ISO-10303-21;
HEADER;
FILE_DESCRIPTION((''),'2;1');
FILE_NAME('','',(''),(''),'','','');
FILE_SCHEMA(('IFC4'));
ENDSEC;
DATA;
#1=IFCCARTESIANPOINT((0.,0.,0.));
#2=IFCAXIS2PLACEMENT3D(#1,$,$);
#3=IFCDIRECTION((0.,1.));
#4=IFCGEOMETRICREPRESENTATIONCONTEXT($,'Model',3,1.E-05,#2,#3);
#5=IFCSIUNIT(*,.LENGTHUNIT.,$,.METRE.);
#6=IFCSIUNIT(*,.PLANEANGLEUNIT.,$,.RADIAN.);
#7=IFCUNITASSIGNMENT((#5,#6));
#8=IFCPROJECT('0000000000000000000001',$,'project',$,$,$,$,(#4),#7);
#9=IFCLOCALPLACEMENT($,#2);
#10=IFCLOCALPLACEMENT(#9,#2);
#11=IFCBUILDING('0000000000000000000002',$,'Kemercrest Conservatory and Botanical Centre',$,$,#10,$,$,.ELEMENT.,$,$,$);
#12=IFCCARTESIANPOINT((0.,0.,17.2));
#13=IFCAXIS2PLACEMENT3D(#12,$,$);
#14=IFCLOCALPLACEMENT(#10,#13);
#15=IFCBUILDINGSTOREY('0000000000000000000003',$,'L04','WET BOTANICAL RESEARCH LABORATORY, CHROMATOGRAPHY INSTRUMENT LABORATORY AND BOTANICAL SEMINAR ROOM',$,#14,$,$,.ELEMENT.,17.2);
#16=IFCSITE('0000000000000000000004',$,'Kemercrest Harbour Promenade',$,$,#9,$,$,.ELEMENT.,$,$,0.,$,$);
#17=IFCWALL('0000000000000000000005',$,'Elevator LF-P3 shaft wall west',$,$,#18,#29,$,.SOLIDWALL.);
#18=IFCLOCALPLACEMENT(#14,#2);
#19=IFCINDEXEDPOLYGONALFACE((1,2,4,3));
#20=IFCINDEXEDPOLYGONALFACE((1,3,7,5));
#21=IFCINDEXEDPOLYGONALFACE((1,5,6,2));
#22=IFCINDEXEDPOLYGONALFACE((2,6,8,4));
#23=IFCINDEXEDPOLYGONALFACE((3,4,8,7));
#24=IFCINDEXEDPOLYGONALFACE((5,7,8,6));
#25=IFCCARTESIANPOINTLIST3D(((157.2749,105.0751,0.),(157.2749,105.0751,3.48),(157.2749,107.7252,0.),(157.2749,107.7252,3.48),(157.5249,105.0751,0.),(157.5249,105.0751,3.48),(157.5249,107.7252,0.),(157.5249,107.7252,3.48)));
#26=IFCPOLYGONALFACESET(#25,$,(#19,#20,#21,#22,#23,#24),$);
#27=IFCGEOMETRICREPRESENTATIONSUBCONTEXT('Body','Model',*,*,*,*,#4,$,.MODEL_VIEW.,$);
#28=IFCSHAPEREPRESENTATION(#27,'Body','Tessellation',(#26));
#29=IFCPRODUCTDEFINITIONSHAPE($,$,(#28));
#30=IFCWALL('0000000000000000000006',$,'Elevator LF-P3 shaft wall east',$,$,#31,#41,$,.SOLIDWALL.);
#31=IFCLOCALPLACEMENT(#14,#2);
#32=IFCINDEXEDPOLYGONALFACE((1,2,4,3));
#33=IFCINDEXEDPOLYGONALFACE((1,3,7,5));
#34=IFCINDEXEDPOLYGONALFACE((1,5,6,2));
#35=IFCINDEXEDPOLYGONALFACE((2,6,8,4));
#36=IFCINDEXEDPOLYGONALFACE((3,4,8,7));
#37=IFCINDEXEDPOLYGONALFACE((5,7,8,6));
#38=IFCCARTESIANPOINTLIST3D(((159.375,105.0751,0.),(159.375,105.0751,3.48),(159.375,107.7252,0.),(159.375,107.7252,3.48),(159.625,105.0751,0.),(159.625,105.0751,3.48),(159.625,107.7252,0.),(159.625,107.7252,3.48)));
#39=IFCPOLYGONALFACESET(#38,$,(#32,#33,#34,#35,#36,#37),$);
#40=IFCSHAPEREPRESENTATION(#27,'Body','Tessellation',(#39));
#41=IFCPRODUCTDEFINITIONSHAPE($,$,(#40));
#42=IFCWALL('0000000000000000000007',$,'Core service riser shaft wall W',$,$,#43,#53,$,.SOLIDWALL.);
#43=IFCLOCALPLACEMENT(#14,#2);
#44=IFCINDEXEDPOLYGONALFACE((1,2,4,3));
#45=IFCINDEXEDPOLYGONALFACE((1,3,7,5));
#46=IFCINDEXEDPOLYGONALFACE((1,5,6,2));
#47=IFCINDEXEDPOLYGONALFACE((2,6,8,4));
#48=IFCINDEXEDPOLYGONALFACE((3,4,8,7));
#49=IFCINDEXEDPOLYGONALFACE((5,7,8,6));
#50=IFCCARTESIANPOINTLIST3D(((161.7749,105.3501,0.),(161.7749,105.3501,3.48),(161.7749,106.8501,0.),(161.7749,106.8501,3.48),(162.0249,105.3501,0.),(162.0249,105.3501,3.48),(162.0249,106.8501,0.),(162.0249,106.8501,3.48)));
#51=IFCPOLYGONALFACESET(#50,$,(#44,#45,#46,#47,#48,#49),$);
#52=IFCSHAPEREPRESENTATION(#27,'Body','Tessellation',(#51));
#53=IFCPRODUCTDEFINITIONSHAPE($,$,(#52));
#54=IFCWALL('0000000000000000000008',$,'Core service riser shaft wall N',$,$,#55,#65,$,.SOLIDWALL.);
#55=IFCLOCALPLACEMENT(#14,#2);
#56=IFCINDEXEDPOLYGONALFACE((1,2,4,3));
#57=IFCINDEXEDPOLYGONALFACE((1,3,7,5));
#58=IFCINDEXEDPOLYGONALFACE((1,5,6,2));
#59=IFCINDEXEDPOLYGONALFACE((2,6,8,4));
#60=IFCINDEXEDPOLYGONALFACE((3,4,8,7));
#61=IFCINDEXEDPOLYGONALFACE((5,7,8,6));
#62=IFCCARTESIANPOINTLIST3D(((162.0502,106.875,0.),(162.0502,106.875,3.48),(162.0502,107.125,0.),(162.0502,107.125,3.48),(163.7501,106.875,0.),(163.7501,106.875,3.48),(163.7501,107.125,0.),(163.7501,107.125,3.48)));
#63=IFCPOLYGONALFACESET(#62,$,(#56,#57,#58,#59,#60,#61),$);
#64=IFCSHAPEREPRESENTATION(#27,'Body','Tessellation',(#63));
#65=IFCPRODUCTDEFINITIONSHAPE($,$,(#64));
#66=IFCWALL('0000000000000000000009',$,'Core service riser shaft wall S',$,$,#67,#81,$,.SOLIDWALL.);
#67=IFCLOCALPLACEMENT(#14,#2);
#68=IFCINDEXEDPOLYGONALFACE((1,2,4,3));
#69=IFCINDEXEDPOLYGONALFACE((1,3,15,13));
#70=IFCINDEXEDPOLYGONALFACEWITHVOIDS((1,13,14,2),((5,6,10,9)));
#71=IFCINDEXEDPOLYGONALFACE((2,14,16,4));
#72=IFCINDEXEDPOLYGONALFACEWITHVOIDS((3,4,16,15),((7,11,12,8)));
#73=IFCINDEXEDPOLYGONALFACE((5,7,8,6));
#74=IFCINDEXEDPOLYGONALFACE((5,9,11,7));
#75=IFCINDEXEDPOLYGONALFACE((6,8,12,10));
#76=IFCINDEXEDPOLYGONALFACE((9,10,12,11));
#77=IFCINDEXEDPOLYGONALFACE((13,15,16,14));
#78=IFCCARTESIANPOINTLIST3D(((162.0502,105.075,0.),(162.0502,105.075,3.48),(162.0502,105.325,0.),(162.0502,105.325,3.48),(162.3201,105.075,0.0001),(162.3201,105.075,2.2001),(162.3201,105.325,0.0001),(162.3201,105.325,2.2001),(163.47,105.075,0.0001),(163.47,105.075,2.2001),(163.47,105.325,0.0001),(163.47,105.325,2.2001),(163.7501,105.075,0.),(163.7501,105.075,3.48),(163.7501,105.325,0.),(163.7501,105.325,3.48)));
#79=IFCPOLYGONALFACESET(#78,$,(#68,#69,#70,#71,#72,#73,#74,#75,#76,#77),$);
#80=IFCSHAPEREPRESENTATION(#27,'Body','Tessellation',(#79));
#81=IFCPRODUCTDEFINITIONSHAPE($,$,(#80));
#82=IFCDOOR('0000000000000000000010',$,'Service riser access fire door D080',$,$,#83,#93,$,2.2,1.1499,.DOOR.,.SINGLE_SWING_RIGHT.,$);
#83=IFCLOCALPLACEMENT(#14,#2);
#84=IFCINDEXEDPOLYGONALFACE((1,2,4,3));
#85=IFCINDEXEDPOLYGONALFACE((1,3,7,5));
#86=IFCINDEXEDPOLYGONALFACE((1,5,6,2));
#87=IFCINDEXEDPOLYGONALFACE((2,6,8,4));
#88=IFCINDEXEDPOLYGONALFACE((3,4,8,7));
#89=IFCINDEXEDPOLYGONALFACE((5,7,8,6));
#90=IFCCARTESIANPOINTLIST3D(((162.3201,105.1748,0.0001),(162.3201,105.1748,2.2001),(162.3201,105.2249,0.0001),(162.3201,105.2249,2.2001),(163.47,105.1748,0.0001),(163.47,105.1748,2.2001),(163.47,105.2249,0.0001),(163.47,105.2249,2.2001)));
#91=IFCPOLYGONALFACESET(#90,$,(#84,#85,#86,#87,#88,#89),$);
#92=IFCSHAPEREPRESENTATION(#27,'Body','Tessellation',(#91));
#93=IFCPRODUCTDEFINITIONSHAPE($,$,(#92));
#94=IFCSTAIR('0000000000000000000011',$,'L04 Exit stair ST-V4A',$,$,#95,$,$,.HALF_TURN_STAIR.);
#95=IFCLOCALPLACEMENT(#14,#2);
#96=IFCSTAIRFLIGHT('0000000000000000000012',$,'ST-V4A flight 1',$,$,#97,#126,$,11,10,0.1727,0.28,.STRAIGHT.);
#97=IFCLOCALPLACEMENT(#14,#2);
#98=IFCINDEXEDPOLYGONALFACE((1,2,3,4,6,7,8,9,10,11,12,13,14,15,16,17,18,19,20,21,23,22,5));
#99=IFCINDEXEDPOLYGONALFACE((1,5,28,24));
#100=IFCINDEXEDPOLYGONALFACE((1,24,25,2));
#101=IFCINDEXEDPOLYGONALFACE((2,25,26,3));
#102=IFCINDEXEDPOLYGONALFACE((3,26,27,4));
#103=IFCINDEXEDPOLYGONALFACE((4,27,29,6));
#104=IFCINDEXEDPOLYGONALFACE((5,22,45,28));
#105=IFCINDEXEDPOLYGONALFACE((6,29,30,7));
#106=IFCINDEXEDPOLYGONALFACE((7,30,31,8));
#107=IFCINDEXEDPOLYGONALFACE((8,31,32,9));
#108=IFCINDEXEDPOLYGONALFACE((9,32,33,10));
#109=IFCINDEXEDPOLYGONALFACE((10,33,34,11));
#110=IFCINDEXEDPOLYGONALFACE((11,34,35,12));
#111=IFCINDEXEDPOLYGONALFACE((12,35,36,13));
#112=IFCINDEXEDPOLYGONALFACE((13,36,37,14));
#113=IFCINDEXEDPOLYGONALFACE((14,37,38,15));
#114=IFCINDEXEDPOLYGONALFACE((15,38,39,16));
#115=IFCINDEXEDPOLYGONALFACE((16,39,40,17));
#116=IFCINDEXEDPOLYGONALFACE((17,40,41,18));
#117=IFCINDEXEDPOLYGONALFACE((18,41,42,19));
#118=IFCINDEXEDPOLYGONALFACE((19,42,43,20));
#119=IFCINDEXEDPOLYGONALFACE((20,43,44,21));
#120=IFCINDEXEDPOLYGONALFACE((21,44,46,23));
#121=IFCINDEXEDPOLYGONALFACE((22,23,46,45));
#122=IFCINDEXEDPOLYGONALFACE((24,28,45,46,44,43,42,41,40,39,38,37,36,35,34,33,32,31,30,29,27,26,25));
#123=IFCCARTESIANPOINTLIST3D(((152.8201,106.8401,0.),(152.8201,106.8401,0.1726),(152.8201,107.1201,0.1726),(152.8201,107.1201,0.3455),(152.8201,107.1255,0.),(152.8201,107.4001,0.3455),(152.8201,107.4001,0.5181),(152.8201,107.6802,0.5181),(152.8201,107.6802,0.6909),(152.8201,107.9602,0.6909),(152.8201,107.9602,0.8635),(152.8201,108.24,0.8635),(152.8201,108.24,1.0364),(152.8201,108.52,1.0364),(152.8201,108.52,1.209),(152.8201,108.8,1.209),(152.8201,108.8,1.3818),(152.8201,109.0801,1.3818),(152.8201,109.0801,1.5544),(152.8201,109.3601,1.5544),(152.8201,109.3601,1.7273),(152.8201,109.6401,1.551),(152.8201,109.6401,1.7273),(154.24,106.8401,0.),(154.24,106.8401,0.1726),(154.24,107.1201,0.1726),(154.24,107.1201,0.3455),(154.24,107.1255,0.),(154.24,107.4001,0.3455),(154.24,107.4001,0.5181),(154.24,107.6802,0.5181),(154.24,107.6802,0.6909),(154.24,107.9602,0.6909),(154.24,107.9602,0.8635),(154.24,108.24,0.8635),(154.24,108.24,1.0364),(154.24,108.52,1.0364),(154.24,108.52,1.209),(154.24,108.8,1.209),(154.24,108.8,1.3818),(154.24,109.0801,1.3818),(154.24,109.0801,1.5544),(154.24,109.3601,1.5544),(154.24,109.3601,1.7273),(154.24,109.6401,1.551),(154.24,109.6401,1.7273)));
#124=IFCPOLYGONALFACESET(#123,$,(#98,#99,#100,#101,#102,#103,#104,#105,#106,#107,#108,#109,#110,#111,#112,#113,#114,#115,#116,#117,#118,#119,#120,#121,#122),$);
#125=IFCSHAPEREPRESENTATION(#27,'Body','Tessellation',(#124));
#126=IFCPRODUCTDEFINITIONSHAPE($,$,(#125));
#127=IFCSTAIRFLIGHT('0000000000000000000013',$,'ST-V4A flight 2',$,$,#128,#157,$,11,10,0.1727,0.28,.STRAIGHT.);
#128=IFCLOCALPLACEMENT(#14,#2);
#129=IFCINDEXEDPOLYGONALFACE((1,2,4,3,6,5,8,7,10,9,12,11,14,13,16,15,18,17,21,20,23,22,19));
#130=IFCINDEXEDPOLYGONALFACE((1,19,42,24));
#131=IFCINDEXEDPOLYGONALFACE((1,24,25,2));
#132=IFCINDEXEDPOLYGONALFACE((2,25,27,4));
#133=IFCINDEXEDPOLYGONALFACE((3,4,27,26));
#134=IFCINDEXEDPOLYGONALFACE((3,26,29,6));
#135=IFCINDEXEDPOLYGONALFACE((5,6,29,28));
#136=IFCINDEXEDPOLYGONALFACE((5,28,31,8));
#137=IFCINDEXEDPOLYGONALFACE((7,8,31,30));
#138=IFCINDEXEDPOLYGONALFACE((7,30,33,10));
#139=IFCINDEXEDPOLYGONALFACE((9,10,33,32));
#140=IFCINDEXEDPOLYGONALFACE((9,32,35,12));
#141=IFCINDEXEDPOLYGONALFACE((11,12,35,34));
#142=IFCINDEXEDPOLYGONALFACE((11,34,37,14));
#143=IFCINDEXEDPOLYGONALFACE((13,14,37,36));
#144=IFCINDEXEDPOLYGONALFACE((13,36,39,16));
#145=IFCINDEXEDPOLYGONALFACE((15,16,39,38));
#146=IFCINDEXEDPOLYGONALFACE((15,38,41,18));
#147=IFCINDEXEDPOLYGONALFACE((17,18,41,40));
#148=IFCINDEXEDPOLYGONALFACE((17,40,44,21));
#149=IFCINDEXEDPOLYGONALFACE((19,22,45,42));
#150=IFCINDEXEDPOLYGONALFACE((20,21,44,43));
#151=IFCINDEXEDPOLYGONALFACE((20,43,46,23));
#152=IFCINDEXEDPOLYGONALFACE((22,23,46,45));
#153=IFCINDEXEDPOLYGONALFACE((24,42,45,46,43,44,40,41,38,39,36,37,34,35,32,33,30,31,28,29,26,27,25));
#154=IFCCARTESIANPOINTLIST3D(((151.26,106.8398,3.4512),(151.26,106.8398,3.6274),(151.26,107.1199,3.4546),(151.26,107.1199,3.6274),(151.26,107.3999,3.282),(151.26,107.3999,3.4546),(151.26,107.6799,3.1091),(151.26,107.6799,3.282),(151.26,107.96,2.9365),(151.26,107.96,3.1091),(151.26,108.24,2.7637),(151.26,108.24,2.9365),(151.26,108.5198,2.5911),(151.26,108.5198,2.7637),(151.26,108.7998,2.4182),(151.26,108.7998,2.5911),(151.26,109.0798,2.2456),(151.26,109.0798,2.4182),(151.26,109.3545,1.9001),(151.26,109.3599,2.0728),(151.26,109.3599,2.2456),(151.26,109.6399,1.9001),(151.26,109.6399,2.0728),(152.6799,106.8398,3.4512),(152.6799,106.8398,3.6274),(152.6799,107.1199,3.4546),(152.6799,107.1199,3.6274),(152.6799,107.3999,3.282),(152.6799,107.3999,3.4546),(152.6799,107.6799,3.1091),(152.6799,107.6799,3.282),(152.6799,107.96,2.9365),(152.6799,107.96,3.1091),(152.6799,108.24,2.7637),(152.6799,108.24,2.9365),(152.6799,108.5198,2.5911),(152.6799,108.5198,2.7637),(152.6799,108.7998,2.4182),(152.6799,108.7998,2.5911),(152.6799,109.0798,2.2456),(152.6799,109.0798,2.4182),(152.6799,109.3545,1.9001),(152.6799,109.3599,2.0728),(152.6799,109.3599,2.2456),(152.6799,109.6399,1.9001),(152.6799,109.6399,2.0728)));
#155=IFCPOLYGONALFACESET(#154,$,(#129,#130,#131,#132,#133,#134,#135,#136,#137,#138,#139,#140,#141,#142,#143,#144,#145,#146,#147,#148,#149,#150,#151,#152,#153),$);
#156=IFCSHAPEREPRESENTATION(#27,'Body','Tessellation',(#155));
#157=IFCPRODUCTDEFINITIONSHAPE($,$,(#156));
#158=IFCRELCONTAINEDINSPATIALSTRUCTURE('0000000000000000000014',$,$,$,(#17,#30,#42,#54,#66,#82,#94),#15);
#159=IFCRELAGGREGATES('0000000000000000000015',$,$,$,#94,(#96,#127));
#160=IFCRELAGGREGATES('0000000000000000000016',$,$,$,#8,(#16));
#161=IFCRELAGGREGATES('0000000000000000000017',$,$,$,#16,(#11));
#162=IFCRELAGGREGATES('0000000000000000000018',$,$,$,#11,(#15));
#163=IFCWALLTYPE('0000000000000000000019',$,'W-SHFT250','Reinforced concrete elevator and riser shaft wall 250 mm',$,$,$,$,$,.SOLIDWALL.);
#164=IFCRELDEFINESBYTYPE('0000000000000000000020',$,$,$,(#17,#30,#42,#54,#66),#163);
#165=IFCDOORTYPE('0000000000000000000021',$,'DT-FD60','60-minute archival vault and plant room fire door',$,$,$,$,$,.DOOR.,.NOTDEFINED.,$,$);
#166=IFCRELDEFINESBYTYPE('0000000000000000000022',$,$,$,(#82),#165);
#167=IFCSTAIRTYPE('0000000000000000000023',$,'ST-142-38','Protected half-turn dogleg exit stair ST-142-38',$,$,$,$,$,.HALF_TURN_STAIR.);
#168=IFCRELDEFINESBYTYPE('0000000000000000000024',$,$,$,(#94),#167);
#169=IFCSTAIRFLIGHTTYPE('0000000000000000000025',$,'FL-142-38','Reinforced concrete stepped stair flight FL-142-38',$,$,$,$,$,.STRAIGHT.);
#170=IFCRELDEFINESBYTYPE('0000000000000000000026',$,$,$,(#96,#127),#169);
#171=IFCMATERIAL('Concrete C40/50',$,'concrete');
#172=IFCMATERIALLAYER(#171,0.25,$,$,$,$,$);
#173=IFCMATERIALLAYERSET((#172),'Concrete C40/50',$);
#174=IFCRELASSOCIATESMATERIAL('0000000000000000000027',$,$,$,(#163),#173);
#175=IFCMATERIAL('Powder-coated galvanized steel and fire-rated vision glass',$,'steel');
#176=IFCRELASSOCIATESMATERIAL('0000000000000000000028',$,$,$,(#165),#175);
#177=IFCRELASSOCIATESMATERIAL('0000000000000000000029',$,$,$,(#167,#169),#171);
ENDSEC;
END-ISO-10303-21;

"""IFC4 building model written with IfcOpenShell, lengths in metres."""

from ifc_helpers import new_model, si_unit, direction, frame, frame_2d, origin, place, context, subcontext, project, spatial, polyline, rectangle, outline, extrude, material, layer, layer_set, type_object, element, fill, aggregate, save


model = new_model("IFC4")

# Units and contexts
model_context = context("Model", 3, precision=1e-05, world=origin(), true_north=direction((0.0, 1.0)))
body_context = subcontext(model_context, "Body", "Model", "MODEL_VIEW")
ifc_project = project(units=[si_unit("LENGTHUNIT", "METRE"), si_unit("PLANEANGLEUNIT", "RADIAN")], contexts=[model_context])

# Site, building, storey
site_placement = place(None, origin())
site = spatial("IfcSite", under=ifc_project, at=site_placement, Name="Kemercrest Harbour Promenade", CompositionType="ELEMENT", RefElevation=0.0)
building_placement = place(site_placement, origin())
building = spatial("IfcBuilding", under=site, at=building_placement, Name="Kemercrest Conservatory and Botanical Centre", CompositionType="ELEMENT")
storey_placement = place(building_placement, frame((0.0, 0.0, 17.2)))
storey = spatial("IfcBuildingStorey", under=building, at=storey_placement, Name="L04", Description="WET BOTANICAL RESEARCH LABORATORY, CHROMATOGRAPHY INSTRUMENT LABORATORY AND BOTANICAL SEMINAR ROOM", CompositionType="ELEMENT", Elevation=17.2)

# Shared definitions
ifc_material_1 = material(Name="Powder-coated galvanized steel and fire-rated vision glass", Category="steel")

# Shared definitions
ifc_material_2 = material(Name="Concrete C40/50", Category="concrete")
ifc_layer_1 = layer(ifc_material_2, 0.25)
ifc_layer_set_1 = layer_set([ifc_layer_1], Name="Concrete C40/50")
wall_type_1 = type_object("IfcWallType", Name="W-SHFT250", Description="Reinforced concrete elevator and riser shaft wall 250 mm", PredefinedType="SOLIDWALL", material=ifc_layer_set_1)

# Walls
for number, where, z_axis, x_axis, name in (
    (1, (157.3999, 105.075, 0.0), (0.0, 0.0, 1.0), (0.0, 1.0, 0.0), "Elevator LF-P3 shaft wall west"),
    (2, (159.5, 105.075, 0.0), (0.0, 0.0, 1.0), (0.0, 1.0, 0.0), "Elevator LF-P3 shaft wall east"),
):
    element("IfcWall", number, at=place(storey_placement, frame(where, z_axis=z_axis, x_axis=x_axis)), inside=storey, type_object=wall_type_1, Name=name, PredefinedType="SOLIDWALL", context=body_context, shape_type="SweptSolid", body=[
        extrude(rectangle(XDim=2.6501, YDim=0.25, at=frame_2d((1.3252, 0.0))), origin(), (0.0, 0.0, 1.0), 3.48),
    ])
wall_1_placement = place(storey_placement, frame((161.8999, 105.3501, 0.0), z_axis=(0.0, 0.0, 1.0), x_axis=(0.0, 1.0, 0.0)))
element("IfcWall", 3, at=wall_1_placement, inside=storey, type_object=wall_type_1, Name="Core service riser shaft wall W", PredefinedType="SOLIDWALL", context=body_context, shape_type="SweptSolid", body=[
    extrude(rectangle(XDim=1.5, YDim=0.25, at=frame_2d((0.75, 0.0))), origin(), (0.0, 0.0, 1.0), 3.48),
])
wall_2_placement = place(storey_placement, frame((162.05, 107.0, 0.0), z_axis=(0.0, 0.0, 1.0), x_axis=(1.0, 0.0, 0.0)))
element("IfcWall", 4, at=wall_2_placement, inside=storey, type_object=wall_type_1, Name="Core service riser shaft wall N", PredefinedType="SOLIDWALL", context=body_context, shape_type="SweptSolid", body=[
    extrude(rectangle(XDim=1.7, YDim=0.25, at=frame_2d((0.8501, 0.0))), origin(), (0.0, 0.0, 1.0), 3.48),
])

# Wall, opening, door
wall_3_placement = place(storey_placement, frame((162.05, 105.2, 0.0), z_axis=(0.0, 0.0, 1.0), x_axis=(1.0, 0.0, 0.0)))
wall_3 = element("IfcWall", 5, at=wall_3_placement, inside=storey, type_object=wall_type_1, Name="Core service riser shaft wall S", PredefinedType="SOLIDWALL", context=body_context, shape_type="SweptSolid", body=[
    extrude(rectangle(XDim=1.7, YDim=0.25, at=frame_2d((0.8501, 0.0))), origin(), (0.0, 0.0, 1.0), 3.48),
])
opening_1_placement = place(wall_3_placement, frame((0.27, 0.0, 0.0)))
opening_1 = element("IfcOpeningElement", 6, at=opening_1_placement, cuts=wall_3, PredefinedType="OPENING", context=body_context, shape_type="SweptSolid", body=[
    extrude(rectangle(XDim=1.1499, YDim=2.2, at=frame_2d((0.575, 1.1001))), frame((0.0, 0.135, 0.0), z_axis=(0.0, -1.0, 0.0), x_axis=(1.0, 0.0, 0.0)), (0.0, 0.0, 1.0), 0.27),
])
door_type_1 = type_object("IfcDoorType", Name="DT-FD60", Description="60-minute archival vault and plant room fire door", OperationType="NOTDEFINED", PredefinedType="DOOR", material=ifc_material_1)
door_1_placement = place(opening_1_placement, origin())
door_1 = element("IfcDoor", 7, at=door_1_placement, inside=storey, type_object=door_type_1, Name="Service riser access fire door D080", OperationType="SINGLE_SWING_RIGHT", OverallHeight=2.2, OverallWidth=1.1499, PredefinedType="DOOR", context=body_context, shape_type="SweptSolid", body=[
    extrude(rectangle(XDim=1.1499, YDim=2.2, at=frame_2d((0.575, 1.1001))), frame((0.0, 0.0249, 0.0), z_axis=(0.0, -1.0, 0.0), x_axis=(1.0, 0.0, 0.0)), (0.0, 0.0, 1.0), 0.05),
])
fill(opening_1, door_1)

# Stair, stair flights
stair_type = type_object("IfcStairType", Name="ST-142-38", Description="Protected half-turn dogleg exit stair ST-142-38", PredefinedType="HALF_TURN_STAIR", material=ifc_material_2)
stair_1_placement = place(storey_placement, origin())
stair_1 = element("IfcStair", 8, at=stair_1_placement, inside=storey, type_object=stair_type, Name="L04 Exit stair ST-V4A", PredefinedType="HALF_TURN_STAIR")
stair_flight_type = type_object("IfcStairFlightType", Name="FL-142-38", Description="Reinforced concrete stepped stair flight FL-142-38", PredefinedType="STRAIGHT", material=ifc_material_2)
stair_flight_1_placement = place(storey_placement, frame((153.53, 106.8401, 0.0), z_axis=(0.0, 0.0, 1.0), x_axis=(0.0, 1.0, 0.0)))
stair_flight_1 = element("IfcStairFlight", 9, at=stair_flight_1_placement, type_object=stair_flight_type, Name="ST-V4A flight 1", NumberOfRisers=11, NumberOfTreads=10, PredefinedType="STRAIGHT", RiserHeight=0.1727, TreadLength=0.28, context=body_context, shape_type="SweptSolid", body=[
    extrude(outline(polyline([(0.0, 0.0), (0.0, 0.1726), (0.28, 0.1726), (0.28, 0.3455), (0.5601, 0.3455), (0.5601, 0.5181), (0.8401, 0.5181), (0.8401, 0.6909), (1.1201, 0.6909), (1.1201, 0.8635), (1.3999, 0.8635), (1.3999, 1.0364), (1.6799, 1.0364), (1.6799, 1.209), (1.96, 1.209), (1.96, 1.3818), (2.24, 1.3818), (2.24, 1.5544), (2.52, 1.5544), (2.52, 1.7273), (2.8, 1.7273), (2.8, 1.8999), (2.8, 1.551), (0.2854, 0.0), (0.0, 0.0)])), frame((0.0, 0.71, 0.0), z_axis=(0.0, -1.0, 0.0), x_axis=(1.0, 0.0, 0.0)), (0.0, 0.0, 1.0), 1.4199),
])
stair_flight_2_placement = place(storey_placement, frame((151.97, 109.6399, 1.9001), z_axis=(0.0, 0.0, 1.0), x_axis=(0.0, -1.0, 0.0)))
stair_flight_2 = element("IfcStairFlight", 10, at=stair_flight_2_placement, type_object=stair_flight_type, Name="ST-V4A flight 2", NumberOfRisers=11, NumberOfTreads=10, PredefinedType="STRAIGHT", RiserHeight=0.1727, TreadLength=0.28, context=body_context, shape_type="SweptSolid", body=[
    extrude(outline(polyline([(0.0, 0.0), (0.0, 0.1726), (0.28, 0.1726), (0.28, 0.3455), (0.5601, 0.3455), (0.5601, 0.5181), (0.8401, 0.5181), (0.8401, 0.6909), (1.1201, 0.6909), (1.1201, 0.8635), (1.3999, 0.8635), (1.3999, 1.0364), (1.6799, 1.0364), (1.6799, 1.209), (1.96, 1.209), (1.96, 1.3818), (2.24, 1.3818), (2.24, 1.5544), (2.52, 1.5544), (2.52, 1.7273), (2.8, 1.7273), (2.8, 1.8999), (2.8, 1.551), (0.2854, 0.0), (0.0, 0.0)])), frame((0.0, 0.71, 0.0), z_axis=(0.0, -1.0, 0.0), x_axis=(1.0, 0.0, 0.0)), (0.0, 0.0, 1.0), 1.4199),
])
aggregate(stair_1, [stair_flight_1, stair_flight_2])

save(model, "model.ifc")
